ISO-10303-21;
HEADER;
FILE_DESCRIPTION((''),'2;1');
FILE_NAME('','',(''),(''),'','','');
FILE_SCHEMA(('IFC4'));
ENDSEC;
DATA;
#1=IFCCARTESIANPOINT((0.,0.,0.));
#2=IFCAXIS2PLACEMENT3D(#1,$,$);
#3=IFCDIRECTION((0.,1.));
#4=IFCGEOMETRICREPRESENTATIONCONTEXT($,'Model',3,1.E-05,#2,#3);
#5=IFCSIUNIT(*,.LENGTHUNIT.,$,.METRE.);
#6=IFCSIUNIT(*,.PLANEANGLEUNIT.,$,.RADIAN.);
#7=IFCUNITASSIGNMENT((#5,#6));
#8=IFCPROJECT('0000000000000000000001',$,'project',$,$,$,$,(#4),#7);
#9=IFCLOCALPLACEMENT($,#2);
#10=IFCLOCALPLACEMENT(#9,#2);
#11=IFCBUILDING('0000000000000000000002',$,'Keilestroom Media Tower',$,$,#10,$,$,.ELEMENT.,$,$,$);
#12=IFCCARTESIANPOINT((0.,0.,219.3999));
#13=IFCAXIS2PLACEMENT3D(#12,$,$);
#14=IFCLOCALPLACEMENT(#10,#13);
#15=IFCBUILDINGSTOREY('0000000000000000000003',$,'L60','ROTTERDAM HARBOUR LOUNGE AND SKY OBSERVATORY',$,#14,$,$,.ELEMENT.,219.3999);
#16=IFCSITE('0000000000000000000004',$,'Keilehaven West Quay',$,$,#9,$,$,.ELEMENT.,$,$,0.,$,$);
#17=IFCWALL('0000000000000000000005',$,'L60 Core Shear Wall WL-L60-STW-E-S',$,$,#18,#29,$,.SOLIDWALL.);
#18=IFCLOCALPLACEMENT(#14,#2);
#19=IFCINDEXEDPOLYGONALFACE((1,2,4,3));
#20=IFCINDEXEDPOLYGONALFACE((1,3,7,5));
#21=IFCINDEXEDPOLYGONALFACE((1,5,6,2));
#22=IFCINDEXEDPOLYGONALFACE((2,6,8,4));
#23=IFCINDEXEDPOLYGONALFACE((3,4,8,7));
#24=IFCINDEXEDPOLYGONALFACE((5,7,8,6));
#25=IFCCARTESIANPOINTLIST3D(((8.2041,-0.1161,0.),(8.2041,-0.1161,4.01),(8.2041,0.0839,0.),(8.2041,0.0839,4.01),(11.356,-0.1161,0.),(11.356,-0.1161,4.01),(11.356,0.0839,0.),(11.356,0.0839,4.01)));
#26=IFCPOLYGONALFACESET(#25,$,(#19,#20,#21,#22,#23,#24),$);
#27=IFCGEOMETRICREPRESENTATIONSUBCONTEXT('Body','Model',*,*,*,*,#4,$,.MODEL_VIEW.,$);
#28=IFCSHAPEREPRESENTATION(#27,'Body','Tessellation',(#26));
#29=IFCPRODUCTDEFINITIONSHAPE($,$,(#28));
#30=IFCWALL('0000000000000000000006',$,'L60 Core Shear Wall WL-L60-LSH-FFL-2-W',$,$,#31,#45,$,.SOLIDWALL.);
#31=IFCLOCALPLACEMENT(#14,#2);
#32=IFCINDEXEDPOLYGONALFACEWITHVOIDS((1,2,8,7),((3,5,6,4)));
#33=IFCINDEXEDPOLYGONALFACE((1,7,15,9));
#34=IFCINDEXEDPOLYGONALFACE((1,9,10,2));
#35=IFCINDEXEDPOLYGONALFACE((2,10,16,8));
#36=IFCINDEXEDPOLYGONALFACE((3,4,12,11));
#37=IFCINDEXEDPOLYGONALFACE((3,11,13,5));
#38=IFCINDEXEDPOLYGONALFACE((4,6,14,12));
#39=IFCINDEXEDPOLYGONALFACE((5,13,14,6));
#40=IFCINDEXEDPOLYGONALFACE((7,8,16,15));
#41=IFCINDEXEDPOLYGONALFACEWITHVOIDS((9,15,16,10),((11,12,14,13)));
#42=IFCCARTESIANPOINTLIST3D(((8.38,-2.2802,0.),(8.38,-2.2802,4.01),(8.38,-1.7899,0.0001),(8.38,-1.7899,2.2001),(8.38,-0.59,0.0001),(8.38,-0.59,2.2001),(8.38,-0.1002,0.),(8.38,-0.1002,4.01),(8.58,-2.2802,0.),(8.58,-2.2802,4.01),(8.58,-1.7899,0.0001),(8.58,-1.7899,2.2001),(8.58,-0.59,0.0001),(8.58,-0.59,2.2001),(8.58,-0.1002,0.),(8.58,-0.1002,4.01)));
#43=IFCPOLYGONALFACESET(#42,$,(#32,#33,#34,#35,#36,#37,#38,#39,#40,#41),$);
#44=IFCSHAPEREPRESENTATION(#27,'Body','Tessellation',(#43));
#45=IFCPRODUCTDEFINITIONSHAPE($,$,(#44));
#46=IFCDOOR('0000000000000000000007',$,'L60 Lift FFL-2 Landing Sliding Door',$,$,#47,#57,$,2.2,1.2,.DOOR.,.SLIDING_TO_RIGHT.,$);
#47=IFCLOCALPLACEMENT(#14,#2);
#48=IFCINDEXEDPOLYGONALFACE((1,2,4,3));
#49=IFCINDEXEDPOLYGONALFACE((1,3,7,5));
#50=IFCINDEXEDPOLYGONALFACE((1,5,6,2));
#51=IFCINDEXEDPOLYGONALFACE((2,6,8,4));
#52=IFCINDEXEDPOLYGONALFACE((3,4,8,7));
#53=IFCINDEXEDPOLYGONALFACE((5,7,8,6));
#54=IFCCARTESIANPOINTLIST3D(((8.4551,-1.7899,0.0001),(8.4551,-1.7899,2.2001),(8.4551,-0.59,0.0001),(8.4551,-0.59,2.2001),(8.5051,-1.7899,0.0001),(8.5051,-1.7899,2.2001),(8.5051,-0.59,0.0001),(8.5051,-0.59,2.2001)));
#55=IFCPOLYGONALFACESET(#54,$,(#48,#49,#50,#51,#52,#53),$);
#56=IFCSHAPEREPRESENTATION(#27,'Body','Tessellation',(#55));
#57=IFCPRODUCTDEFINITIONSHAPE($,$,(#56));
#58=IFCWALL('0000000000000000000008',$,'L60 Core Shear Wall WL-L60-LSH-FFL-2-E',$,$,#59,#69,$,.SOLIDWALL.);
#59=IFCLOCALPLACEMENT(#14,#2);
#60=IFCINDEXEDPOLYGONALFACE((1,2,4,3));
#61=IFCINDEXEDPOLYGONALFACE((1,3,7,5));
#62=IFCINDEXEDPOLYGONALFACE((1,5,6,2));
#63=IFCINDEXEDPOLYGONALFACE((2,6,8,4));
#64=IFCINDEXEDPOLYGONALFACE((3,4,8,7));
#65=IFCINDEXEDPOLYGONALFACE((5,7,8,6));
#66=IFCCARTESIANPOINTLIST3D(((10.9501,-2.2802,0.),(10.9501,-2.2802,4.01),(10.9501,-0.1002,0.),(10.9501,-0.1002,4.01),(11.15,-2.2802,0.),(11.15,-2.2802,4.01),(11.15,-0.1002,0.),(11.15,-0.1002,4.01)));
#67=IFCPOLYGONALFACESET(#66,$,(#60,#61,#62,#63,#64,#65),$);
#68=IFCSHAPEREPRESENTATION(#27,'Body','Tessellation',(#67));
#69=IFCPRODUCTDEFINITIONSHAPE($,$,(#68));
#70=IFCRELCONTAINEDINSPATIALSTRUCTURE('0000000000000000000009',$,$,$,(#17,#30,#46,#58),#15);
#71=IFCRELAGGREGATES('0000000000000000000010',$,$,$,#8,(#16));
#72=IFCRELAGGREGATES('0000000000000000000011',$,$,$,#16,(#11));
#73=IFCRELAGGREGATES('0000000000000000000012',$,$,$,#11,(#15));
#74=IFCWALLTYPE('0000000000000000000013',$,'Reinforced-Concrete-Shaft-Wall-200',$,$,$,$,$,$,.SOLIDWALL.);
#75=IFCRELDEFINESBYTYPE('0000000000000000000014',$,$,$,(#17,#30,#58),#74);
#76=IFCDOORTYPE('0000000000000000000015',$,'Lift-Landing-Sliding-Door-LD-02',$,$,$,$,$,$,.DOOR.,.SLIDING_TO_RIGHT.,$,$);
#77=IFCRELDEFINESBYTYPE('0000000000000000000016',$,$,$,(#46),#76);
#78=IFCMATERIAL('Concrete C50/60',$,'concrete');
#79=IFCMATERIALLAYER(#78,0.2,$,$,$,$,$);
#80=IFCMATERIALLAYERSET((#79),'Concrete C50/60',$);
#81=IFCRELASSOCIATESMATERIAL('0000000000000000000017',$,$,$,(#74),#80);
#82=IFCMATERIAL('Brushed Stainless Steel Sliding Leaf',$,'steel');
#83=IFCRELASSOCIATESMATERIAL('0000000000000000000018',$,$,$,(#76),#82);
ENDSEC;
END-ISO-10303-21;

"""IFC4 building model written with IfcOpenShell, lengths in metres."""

from ifc_helpers import new_model, si_unit, direction, frame, frame_2d, origin, place, context, subcontext, project, spatial, rectangle, extrude, source, transform, mapped, material, layer, layer_set, type_object, element, fill, save


model = new_model("IFC4")

# Units and contexts
model_context = context("Model", 3, precision=1e-05, world=origin(), true_north=direction((0.0, 1.0)))
body_context = subcontext(model_context, "Body", "Model", "MODEL_VIEW")
ifc_project = project(units=[si_unit("LENGTHUNIT", "METRE"), si_unit("PLANEANGLEUNIT", "RADIAN")], contexts=[model_context])

# Site, building, storey
site_placement = place(None, origin())
site = spatial("IfcSite", under=ifc_project, at=site_placement, Name="Keilehaven West Quay", CompositionType="ELEMENT", RefElevation=0.0)
building_placement = place(site_placement, origin())
building = spatial("IfcBuilding", under=site, at=building_placement, Name="Keilestroom Media Tower", CompositionType="ELEMENT")
storey_placement = place(building_placement, frame((0.0, 0.0, 219.3999)))
storey = spatial("IfcBuildingStorey", under=building, at=storey_placement, Name="L60", Description="ROTTERDAM HARBOUR LOUNGE AND SKY OBSERVATORY", CompositionType="ELEMENT", Elevation=219.3999)

# Shared definitions
ifc_material_1 = material(Name="Concrete C50/60", Category="concrete")

# Shared definitions
shared_shape_1 = source(origin(), body_context, "Body", "SweptSolid", [
    extrude(rectangle(XDim=1.2, YDim=2.2, at=frame_2d((0.6001, 1.1001))), frame((0.0, 0.0249, 0.0), z_axis=(0.0, -1.0, 0.0), x_axis=(1.0, 0.0, 0.0)), (0.0, 0.0, 1.0), 0.05),
])

# Shared definitions
ifc_layer_1 = layer(ifc_material_1, 0.2)
ifc_layer_set_1 = layer_set([ifc_layer_1], Name="Concrete C50/60")
wall_type_1 = type_object("IfcWallType", Name="Reinforced-Concrete-Shaft-Wall-200", PredefinedType="SOLIDWALL", material=ifc_layer_set_1)

# Wall
wall_1_placement = place(storey_placement, frame((8.2041, -0.0161, 0.0), z_axis=(0.0, 0.0, 1.0), x_axis=(1.0, 0.0, 0.0)))
element("IfcWall", 1, at=wall_1_placement, inside=storey, type_object=wall_type_1, Name="L60 Core Shear Wall WL-L60-STW-E-S", PredefinedType="SOLIDWALL", context=body_context, shape_type="SweptSolid", body=[
    extrude(rectangle(XDim=3.1519, YDim=0.2, at=frame_2d((1.5759, 0.0))), origin(), (0.0, 0.0, 1.0), 4.01),
])

# Wall, opening, door
wall_2_placement = place(storey_placement, frame((8.48, -2.28, 0.0), z_axis=(0.0, 0.0, 1.0), x_axis=(0.0, 1.0, 0.0)))
wall_2 = element("IfcWall", 2, at=wall_2_placement, inside=storey, type_object=wall_type_1, Name="L60 Core Shear Wall WL-L60-LSH-FFL-2-W", PredefinedType="SOLIDWALL", context=body_context, shape_type="SweptSolid", body=[
    extrude(rectangle(XDim=2.1799, YDim=0.2, at=frame_2d((1.0898, 0.0))), origin(), (0.0, 0.0, 1.0), 4.01),
])
opening_1_placement = place(wall_2_placement, frame((0.49, 0.0, 0.0)))
opening_1 = element("IfcOpeningElement", 3, at=opening_1_placement, cuts=wall_2, PredefinedType="OPENING", context=body_context, shape_type="SweptSolid", body=[
    extrude(rectangle(XDim=1.2, YDim=2.2, at=frame_2d((0.6001, 1.1001))), frame((0.0, 0.1099, 0.0), z_axis=(0.0, -1.0, 0.0), x_axis=(1.0, 0.0, 0.0)), (0.0, 0.0, 1.0), 0.22),
])
ifc_material_2 = material(Name="Brushed Stainless Steel Sliding Leaf", Category="steel")
door_type_1 = type_object("IfcDoorType", Name="Lift-Landing-Sliding-Door-LD-02", OperationType="SLIDING_TO_RIGHT", PredefinedType="DOOR", material=ifc_material_2)
door_1_placement = place(opening_1_placement, origin())
door_1 = element("IfcDoor", 4, at=door_1_placement, inside=storey, type_object=door_type_1, Name="L60 Lift FFL-2 Landing Sliding Door", OperationType="SLIDING_TO_RIGHT", OverallHeight=2.2, OverallWidth=1.2, PredefinedType="DOOR", context=body_context, shape_type="MappedRepresentation", body=[
    mapped(shared_shape_1, transform((0.0, 0.0, 0.0), x_axis=(1.0, 0.0, 0.0), y_axis=(0.0, 1.0, 0.0), z_axis=(0.0, 0.0, 1.0), scale=1.0)),
])
fill(opening_1, door_1)

# Wall
wall_3_placement = place(storey_placement, frame((11.05, -2.28, 0.0), z_axis=(0.0, 0.0, 1.0), x_axis=(0.0, 1.0, 0.0)))
element("IfcWall", 5, at=wall_3_placement, inside=storey, type_object=wall_type_1, Name="L60 Core Shear Wall WL-L60-LSH-FFL-2-E", PredefinedType="SOLIDWALL", context=body_context, shape_type="SweptSolid", body=[
    extrude(rectangle(XDim=2.1799, YDim=0.2, at=frame_2d((1.0898, 0.0))), origin(), (0.0, 0.0, 1.0), 4.01),
])

save(model, "model.ifc")
